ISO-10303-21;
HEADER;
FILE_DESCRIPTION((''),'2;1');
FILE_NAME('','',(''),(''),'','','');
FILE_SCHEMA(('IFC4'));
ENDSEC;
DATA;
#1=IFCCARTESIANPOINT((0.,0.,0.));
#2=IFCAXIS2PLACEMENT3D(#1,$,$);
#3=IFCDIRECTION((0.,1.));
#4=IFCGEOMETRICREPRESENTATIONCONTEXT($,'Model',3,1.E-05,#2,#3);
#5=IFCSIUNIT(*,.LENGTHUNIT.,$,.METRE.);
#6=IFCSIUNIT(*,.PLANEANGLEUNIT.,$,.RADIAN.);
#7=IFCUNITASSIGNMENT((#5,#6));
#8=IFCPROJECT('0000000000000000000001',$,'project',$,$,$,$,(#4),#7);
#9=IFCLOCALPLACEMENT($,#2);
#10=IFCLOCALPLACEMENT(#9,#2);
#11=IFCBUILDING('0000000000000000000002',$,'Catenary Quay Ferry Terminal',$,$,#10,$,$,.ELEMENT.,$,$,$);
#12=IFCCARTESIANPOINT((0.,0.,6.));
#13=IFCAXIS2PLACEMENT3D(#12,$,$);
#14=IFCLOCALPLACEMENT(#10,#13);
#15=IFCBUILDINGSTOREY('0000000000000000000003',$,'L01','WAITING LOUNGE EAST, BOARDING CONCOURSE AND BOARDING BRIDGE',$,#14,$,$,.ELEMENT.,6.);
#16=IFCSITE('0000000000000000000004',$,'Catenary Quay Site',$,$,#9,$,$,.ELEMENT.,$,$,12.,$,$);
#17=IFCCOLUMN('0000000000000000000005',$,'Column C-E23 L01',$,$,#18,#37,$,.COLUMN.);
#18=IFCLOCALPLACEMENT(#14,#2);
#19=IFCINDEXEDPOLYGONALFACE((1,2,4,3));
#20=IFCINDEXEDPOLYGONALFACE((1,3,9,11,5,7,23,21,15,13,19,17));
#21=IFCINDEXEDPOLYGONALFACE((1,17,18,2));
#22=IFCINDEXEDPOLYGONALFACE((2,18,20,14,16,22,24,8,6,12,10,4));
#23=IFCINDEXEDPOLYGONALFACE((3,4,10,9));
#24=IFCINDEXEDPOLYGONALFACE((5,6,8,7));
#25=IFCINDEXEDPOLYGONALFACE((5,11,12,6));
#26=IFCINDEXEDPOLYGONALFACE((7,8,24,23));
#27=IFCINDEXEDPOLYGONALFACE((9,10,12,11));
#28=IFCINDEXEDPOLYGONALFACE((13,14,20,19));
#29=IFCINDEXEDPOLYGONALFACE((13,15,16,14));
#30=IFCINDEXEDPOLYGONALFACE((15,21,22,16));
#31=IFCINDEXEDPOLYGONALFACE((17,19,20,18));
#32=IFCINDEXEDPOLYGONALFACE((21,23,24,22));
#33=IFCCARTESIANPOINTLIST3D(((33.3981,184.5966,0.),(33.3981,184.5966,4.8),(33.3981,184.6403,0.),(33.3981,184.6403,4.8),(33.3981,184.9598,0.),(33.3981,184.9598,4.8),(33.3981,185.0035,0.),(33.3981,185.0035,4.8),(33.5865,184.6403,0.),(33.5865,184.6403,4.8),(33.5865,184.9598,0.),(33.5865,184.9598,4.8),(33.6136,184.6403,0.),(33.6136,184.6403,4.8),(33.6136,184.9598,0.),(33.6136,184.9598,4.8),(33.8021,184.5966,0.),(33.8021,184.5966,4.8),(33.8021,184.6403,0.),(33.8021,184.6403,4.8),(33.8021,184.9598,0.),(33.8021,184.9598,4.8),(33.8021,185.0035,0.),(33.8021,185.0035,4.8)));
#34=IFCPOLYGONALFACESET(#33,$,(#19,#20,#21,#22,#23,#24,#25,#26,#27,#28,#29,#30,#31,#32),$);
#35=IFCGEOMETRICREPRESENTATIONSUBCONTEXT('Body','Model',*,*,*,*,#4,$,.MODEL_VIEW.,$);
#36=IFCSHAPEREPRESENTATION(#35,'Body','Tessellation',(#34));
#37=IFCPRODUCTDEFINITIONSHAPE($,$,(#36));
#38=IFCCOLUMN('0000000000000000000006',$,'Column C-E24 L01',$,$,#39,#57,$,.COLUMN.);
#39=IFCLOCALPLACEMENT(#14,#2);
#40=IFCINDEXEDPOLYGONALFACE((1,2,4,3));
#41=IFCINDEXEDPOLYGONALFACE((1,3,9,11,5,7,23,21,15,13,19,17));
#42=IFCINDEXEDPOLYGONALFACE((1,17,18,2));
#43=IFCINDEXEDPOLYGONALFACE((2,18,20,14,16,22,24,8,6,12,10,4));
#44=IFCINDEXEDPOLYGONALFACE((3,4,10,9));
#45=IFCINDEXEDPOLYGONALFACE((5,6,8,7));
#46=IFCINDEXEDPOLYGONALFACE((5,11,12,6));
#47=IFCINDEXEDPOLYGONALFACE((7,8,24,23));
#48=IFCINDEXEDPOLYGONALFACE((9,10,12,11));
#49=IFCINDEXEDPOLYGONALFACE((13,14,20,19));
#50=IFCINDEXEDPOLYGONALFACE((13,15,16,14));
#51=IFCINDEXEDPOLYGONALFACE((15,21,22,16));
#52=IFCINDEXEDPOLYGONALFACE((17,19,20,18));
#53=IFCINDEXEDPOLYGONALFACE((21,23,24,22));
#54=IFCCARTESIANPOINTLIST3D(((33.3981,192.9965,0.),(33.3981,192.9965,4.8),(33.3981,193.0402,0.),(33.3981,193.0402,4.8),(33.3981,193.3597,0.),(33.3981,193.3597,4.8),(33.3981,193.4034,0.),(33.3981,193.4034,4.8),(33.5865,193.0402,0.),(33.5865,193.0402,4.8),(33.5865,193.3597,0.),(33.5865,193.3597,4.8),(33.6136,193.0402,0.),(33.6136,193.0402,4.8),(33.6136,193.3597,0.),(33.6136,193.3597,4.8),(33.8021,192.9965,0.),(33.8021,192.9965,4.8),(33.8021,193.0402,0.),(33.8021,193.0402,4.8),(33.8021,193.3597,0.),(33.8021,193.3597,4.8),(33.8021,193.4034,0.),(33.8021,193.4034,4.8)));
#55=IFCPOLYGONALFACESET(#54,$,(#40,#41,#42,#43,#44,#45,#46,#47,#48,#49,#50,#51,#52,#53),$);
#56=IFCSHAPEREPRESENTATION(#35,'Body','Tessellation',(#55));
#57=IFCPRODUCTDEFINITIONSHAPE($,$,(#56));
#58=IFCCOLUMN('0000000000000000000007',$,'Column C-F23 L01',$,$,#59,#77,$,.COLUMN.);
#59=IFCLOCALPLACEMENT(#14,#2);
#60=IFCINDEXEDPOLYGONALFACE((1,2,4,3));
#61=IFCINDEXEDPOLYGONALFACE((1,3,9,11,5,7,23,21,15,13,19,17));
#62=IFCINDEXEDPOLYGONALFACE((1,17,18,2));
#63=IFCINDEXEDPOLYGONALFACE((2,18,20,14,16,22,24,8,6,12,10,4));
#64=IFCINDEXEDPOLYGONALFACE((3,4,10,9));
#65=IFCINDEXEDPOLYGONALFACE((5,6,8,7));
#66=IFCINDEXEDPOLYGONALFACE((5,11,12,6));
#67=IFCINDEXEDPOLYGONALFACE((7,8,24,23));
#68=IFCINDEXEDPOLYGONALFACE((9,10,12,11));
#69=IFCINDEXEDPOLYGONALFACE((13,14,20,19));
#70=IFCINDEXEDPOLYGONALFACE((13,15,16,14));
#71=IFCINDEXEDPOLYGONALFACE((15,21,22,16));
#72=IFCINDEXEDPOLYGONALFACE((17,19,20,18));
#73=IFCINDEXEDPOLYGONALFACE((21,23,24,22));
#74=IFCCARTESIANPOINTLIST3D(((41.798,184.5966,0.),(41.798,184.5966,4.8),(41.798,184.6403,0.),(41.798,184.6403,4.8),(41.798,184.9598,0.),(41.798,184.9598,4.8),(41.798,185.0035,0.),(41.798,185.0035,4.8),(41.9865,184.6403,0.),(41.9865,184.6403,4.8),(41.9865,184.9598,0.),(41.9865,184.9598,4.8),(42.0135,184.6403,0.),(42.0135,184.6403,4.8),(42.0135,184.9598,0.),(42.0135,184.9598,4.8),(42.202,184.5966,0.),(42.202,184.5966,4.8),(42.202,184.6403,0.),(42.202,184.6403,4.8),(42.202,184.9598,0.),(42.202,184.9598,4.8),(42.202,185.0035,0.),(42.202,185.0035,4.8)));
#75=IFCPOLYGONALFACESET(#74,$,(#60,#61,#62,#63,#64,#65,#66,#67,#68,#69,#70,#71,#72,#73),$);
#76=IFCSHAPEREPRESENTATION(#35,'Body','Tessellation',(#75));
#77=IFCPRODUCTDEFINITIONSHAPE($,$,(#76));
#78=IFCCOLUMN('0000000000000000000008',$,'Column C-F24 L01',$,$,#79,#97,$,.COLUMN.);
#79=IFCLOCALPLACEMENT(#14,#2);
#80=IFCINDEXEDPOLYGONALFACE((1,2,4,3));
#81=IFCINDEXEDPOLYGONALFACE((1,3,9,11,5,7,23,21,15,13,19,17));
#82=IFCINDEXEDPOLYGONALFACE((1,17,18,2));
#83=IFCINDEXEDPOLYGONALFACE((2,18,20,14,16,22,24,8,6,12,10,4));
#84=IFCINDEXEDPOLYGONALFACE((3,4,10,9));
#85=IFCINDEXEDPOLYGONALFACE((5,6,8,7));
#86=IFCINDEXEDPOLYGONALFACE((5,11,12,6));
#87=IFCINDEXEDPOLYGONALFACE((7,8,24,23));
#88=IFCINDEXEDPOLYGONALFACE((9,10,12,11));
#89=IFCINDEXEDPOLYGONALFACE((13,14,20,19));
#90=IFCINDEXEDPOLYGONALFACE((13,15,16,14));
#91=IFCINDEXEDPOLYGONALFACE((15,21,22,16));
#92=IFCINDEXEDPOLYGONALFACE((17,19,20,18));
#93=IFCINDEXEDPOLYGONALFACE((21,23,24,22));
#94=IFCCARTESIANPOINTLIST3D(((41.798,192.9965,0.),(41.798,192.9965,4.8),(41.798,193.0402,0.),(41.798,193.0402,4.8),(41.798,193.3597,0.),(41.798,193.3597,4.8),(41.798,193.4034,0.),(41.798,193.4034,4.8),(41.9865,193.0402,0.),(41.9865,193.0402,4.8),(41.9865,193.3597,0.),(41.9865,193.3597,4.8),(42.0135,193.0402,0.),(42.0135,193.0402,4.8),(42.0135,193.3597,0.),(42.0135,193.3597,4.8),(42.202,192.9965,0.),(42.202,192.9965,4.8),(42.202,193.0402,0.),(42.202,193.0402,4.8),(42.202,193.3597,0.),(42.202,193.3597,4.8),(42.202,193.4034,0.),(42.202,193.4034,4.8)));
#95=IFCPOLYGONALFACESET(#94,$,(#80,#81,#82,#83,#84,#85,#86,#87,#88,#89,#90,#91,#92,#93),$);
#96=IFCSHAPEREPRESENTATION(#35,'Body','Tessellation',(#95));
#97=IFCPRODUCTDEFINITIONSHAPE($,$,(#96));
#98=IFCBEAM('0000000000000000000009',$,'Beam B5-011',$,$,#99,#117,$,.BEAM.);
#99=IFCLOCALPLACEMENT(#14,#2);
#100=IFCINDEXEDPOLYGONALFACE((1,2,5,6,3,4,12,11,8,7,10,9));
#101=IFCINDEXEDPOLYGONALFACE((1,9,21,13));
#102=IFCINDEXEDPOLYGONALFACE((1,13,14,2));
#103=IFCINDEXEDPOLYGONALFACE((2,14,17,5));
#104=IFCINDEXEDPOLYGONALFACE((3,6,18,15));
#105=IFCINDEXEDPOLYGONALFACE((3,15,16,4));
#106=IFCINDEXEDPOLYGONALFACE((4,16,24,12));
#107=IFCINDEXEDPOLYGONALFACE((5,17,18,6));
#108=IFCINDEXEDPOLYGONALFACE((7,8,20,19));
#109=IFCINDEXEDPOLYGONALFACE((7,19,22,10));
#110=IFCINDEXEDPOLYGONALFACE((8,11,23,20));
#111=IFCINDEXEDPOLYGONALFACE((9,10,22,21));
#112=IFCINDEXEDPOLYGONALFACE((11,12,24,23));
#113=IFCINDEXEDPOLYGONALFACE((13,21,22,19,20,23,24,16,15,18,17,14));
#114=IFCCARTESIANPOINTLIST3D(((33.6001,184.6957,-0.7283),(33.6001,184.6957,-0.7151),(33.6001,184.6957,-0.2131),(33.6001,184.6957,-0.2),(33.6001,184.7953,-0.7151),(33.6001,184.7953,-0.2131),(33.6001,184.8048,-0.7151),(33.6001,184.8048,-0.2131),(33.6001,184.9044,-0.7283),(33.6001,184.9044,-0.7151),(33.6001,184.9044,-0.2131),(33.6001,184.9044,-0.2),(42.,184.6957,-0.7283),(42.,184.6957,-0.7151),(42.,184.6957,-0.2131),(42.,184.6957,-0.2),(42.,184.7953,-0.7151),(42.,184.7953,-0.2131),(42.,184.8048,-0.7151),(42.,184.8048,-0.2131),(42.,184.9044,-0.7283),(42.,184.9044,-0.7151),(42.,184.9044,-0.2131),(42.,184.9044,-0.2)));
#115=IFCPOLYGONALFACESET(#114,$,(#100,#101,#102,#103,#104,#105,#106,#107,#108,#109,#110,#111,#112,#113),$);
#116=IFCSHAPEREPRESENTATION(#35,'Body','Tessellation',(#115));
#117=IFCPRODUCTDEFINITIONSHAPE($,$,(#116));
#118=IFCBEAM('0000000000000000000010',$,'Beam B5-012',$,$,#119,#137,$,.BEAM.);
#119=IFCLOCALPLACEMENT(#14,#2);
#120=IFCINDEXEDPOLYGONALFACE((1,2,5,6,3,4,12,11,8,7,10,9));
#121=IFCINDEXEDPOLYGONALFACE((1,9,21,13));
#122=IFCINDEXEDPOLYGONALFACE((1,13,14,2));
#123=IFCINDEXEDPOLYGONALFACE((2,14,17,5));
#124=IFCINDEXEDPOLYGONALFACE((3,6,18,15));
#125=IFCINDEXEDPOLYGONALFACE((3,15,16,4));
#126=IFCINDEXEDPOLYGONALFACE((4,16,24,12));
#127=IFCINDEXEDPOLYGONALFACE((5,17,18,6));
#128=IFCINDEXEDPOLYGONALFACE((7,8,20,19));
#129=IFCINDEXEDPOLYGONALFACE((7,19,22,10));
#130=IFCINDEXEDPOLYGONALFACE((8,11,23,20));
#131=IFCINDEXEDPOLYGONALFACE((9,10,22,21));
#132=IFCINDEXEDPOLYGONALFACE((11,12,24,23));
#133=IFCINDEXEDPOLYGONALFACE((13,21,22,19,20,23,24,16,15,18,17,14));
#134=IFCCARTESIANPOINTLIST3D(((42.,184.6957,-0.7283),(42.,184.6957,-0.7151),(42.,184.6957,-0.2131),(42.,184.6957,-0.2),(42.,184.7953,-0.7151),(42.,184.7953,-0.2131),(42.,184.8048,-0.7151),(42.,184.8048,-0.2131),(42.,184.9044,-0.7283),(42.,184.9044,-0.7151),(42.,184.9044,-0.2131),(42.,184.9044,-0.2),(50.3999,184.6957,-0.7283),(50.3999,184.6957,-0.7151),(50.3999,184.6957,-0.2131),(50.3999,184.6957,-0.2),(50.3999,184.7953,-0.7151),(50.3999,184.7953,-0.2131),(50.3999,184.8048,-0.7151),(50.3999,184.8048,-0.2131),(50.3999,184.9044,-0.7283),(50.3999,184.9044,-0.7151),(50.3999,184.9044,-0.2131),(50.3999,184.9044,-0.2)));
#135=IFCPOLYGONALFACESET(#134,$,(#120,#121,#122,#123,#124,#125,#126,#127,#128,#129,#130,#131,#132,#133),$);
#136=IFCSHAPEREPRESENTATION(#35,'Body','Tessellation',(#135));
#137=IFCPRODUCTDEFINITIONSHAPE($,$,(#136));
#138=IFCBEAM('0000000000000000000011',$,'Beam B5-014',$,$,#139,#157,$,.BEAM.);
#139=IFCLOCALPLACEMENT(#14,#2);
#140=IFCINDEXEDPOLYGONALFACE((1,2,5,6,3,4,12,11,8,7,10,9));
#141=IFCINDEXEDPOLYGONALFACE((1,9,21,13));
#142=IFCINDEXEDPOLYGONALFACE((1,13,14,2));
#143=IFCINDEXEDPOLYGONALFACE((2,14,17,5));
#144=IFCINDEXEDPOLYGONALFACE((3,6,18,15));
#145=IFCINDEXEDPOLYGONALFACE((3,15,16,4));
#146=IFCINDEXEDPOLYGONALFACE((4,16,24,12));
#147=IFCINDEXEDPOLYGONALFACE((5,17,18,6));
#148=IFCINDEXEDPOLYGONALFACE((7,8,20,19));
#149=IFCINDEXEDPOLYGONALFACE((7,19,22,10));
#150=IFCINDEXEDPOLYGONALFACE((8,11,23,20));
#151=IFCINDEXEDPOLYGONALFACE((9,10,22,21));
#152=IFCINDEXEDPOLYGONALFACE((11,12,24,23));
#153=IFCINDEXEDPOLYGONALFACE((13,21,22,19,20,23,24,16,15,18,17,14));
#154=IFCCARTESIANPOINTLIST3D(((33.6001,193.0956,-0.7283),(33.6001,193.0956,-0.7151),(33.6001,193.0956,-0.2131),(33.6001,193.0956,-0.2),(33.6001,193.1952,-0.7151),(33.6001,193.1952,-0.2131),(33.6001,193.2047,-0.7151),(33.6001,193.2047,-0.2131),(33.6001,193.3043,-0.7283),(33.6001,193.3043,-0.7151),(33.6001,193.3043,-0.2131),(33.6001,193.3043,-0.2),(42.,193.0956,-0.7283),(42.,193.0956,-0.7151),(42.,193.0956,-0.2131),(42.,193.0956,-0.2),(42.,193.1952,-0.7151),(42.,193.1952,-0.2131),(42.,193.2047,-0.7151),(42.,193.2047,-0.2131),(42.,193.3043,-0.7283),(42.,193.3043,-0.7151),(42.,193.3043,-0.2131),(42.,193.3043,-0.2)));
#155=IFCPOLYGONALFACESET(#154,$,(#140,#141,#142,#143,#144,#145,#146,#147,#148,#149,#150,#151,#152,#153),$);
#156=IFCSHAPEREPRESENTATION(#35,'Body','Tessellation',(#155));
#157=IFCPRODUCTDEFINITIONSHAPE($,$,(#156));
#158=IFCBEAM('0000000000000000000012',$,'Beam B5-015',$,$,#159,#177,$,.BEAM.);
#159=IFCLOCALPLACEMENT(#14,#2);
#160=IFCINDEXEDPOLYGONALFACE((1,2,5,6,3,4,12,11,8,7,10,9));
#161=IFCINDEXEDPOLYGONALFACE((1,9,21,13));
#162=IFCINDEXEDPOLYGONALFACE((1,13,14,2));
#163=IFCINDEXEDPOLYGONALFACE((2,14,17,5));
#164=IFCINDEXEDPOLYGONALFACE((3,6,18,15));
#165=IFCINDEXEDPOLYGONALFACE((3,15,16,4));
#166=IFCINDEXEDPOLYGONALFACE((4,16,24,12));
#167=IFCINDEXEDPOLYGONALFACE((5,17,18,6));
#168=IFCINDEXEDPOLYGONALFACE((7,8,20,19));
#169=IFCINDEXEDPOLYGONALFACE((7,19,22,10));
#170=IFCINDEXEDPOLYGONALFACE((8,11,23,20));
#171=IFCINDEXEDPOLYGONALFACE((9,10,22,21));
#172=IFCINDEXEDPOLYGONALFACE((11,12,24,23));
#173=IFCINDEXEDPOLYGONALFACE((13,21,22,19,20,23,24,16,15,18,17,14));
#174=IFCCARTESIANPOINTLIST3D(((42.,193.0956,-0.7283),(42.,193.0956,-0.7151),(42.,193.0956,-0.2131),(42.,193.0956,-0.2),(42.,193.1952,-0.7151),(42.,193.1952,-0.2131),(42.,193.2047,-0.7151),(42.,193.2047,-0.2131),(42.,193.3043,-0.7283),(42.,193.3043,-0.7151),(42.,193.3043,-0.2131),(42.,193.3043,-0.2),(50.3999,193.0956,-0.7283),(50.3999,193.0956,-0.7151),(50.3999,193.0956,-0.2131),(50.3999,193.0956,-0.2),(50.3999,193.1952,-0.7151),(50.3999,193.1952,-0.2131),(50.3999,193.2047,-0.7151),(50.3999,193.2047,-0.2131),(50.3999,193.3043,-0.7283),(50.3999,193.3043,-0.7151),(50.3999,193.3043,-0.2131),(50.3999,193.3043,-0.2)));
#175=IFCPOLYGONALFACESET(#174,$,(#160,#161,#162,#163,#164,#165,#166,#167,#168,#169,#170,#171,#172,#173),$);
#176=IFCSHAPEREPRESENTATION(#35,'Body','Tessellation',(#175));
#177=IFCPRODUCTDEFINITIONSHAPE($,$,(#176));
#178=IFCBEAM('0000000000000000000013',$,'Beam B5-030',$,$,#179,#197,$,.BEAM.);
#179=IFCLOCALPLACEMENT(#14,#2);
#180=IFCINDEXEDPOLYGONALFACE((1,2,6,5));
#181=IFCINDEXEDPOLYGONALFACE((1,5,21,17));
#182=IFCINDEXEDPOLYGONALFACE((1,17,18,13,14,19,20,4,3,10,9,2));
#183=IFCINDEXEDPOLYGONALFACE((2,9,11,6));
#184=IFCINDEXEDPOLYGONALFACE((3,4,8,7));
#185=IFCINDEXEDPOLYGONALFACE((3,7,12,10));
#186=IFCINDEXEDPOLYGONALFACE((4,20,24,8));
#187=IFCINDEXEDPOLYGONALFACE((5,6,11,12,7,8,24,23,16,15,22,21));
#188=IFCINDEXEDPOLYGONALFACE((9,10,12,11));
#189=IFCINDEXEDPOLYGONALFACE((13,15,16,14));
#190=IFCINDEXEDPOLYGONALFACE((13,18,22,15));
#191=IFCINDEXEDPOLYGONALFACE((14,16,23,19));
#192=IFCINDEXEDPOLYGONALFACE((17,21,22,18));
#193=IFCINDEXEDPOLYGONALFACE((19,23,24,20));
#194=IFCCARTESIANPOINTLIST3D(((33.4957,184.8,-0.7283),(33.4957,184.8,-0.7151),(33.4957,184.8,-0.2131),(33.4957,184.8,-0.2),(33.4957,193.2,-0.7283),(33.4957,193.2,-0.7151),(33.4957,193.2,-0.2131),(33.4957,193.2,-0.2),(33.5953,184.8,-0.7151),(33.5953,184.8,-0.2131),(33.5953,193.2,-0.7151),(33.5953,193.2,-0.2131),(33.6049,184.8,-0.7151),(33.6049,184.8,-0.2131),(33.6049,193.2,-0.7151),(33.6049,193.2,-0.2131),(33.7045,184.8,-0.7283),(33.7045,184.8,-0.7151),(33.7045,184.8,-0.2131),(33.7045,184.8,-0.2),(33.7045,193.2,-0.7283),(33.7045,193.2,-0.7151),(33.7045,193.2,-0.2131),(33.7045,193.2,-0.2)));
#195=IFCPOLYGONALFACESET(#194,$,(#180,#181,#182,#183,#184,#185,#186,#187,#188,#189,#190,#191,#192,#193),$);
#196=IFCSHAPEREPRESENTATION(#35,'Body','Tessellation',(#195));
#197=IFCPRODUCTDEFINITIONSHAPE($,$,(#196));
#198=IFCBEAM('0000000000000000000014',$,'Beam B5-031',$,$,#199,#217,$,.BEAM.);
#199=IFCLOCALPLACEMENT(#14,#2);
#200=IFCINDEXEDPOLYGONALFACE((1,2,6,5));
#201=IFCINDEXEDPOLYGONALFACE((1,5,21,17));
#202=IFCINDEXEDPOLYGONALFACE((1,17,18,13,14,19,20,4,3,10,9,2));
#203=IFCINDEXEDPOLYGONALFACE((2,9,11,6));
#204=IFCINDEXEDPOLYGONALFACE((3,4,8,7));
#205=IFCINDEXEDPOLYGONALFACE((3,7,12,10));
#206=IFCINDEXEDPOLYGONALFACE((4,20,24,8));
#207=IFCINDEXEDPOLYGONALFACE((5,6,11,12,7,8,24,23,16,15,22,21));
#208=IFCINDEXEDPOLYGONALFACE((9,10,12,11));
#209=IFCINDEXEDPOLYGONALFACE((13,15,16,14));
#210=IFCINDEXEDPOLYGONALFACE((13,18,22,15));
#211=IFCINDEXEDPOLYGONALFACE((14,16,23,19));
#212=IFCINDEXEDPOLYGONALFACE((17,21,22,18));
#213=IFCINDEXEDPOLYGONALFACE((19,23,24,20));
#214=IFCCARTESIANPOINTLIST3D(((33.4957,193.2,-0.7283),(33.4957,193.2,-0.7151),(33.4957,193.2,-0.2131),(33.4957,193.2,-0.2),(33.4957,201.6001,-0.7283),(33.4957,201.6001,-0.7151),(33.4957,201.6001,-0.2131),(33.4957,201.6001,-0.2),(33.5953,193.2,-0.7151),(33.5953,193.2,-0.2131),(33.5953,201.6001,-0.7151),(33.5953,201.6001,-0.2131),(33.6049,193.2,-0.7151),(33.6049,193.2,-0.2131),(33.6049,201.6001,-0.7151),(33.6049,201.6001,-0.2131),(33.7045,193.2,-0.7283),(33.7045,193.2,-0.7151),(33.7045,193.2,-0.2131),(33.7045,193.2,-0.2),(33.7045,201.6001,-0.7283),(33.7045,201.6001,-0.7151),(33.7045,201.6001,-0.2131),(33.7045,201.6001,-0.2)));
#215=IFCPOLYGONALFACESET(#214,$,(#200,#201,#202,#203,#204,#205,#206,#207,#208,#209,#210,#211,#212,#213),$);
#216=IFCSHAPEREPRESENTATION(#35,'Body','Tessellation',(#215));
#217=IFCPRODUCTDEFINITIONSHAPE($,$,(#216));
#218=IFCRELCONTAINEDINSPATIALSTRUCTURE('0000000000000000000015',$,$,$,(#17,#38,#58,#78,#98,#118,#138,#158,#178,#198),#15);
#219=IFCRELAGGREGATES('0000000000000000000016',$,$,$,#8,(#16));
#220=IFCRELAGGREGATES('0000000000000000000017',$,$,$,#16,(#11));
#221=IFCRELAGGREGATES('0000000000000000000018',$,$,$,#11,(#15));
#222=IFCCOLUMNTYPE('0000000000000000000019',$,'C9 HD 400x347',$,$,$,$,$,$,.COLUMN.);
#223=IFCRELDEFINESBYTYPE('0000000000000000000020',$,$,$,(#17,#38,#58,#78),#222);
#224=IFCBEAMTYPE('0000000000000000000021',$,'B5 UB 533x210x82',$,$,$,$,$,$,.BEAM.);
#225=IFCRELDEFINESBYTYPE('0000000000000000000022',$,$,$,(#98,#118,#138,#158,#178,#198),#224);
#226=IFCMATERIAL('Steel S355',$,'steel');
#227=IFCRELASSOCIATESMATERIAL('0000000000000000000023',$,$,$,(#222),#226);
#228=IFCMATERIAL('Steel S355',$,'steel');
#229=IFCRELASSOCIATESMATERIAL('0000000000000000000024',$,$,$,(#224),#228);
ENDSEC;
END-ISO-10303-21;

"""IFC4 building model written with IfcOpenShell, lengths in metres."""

from ifc_helpers import new_model, si_unit, direction, frame, origin, origin_2d, place, context, subcontext, project, spatial, i_section, extrude, material, material_profile, profile_set, type_object, element, save


model = new_model("IFC4")

# Units and contexts
model_context = context("Model", 3, precision=1e-05, world=origin(), true_north=direction((0.0, 1.0)))
body_context = subcontext(model_context, "Body", "Model", "MODEL_VIEW")
ifc_project = project(units=[si_unit("LENGTHUNIT", "METRE"), si_unit("PLANEANGLEUNIT", "RADIAN")], contexts=[model_context])

# Site, building, storey
site_placement = place(None, origin())
site = spatial("IfcSite", under=ifc_project, at=site_placement, Name="Catenary Quay Site", CompositionType="ELEMENT", RefElevation=12.0)
building_placement = place(site_placement, origin())
building = spatial("IfcBuilding", under=site, at=building_placement, Name="Catenary Quay Ferry Terminal", CompositionType="ELEMENT")
storey_placement = place(building_placement, frame((0.0, 0.0, 6.0)))
storey = spatial("IfcBuildingStorey", under=building, at=storey_placement, Name="L01", Description="WAITING LOUNGE EAST, BOARDING CONCOURSE AND BOARDING BRIDGE", CompositionType="ELEMENT", Elevation=6.0)

# Columns
ifc_material_1 = material(Name="Steel S355", Category="steel")
ifc_material_profile_1 = material_profile(ifc_material_1, i_section(OverallWidth=0.4041, OverallDepth=0.407, WebThickness=0.0271, FlangeThickness=0.0437, at=origin_2d()), Name="HD 400x347")
ifc_profile_set_1 = profile_set([ifc_material_profile_1], Name="Steel S355")
column_type = type_object("IfcColumnType", Name="C9 HD 400x347", PredefinedType="COLUMN", material=ifc_profile_set_1)
for number, where, z_axis, x_axis, name in (
    (1, (33.6001, 184.8, 0.0), (0.0, 0.0, 1.0), (1.0, 0.0, 0.0), "Column C-E23 L01"),
    (2, (33.6001, 193.2, 0.0), (0.0, 0.0, 1.0), (1.0, 0.0, 0.0), "Column C-E24 L01"),
    (3, (42.0, 184.8, 0.0), (0.0, 0.0, 1.0), (1.0, 0.0, 0.0), "Column C-F23 L01"),
    (4, (42.0, 193.2, 0.0), (0.0, 0.0, 1.0), (1.0, 0.0, 0.0), "Column C-F24 L01"),
):
    element("IfcColumn", number, at=place(storey_placement, frame(where, z_axis=z_axis, x_axis=x_axis)), inside=storey, type_object=column_type, Name=name, PredefinedType="COLUMN", context=body_context, shape_type="SweptSolid", body=[
        extrude(i_section(OverallWidth=0.4041, OverallDepth=0.407, WebThickness=0.0271, FlangeThickness=0.0437, at=origin_2d()), origin(), (0.0, 0.0, 1.0), 4.8),
    ])

# Beams
ifc_material_2 = material(Name="Steel S355", Category="steel")
ifc_material_profile_2 = material_profile(ifc_material_2, i_section(OverallWidth=0.2087, OverallDepth=0.5283, WebThickness=0.0095, FlangeThickness=0.0132, at=origin_2d()), Name="UB 533x210x82")
ifc_profile_set_2 = profile_set([ifc_material_profile_2], Name="Steel S355")
beam_type_1 = type_object("IfcBeamType", Name="B5 UB 533x210x82", PredefinedType="BEAM", material=ifc_profile_set_2)
for number, where, z_axis, x_axis, name in (
    (5, (33.6001, 184.8, -0.4641), (1.0, 0.0, 0.0), (0.0, 1.0, 0.0), "Beam B5-011"),
    (6, (42.0, 184.8, -0.4641), (1.0, 0.0, 0.0), (0.0, 1.0, 0.0), "Beam B5-012"),
    (7, (33.6001, 193.2, -0.4641), (1.0, 0.0, 0.0), (0.0, 1.0, 0.0), "Beam B5-014"),
    (8, (42.0, 193.2, -0.4641), (1.0, 0.0, 0.0), (0.0, 1.0, 0.0), "Beam B5-015"),
    (9, (33.6001, 184.8, -0.4641), (0.0, 1.0, 0.0), (-1.0, 0.0, 0.0), "Beam B5-030"),
):
    element("IfcBeam", number, at=place(storey_placement, frame(where, z_axis=z_axis, x_axis=x_axis)), inside=storey, type_object=beam_type_1, Name=name, PredefinedType="BEAM", context=body_context, shape_type="SweptSolid", body=[
        extrude(i_section(OverallWidth=0.2087, OverallDepth=0.5283, WebThickness=0.0095, FlangeThickness=0.0132, at=origin_2d()), origin(), (0.0, 0.0, 1.0), 8.3999),
    ])
beam_1_placement = place(storey_placement, frame((33.6001, 193.2, -0.4641), z_axis=(0.0, 1.0, 0.0), x_axis=(-1.0, 0.0, 0.0)))
element("IfcBeam", 10, at=beam_1_placement, inside=storey, type_object=beam_type_1, Name="Beam B5-031", PredefinedType="BEAM", context=body_context, shape_type="SweptSolid", body=[
    extrude(i_section(OverallWidth=0.2087, OverallDepth=0.5283, WebThickness=0.0095, FlangeThickness=0.0132, at=origin_2d()), origin(), (0.0, 0.0, 1.0), 8.4001),
])

save(model, "model.ifc")
